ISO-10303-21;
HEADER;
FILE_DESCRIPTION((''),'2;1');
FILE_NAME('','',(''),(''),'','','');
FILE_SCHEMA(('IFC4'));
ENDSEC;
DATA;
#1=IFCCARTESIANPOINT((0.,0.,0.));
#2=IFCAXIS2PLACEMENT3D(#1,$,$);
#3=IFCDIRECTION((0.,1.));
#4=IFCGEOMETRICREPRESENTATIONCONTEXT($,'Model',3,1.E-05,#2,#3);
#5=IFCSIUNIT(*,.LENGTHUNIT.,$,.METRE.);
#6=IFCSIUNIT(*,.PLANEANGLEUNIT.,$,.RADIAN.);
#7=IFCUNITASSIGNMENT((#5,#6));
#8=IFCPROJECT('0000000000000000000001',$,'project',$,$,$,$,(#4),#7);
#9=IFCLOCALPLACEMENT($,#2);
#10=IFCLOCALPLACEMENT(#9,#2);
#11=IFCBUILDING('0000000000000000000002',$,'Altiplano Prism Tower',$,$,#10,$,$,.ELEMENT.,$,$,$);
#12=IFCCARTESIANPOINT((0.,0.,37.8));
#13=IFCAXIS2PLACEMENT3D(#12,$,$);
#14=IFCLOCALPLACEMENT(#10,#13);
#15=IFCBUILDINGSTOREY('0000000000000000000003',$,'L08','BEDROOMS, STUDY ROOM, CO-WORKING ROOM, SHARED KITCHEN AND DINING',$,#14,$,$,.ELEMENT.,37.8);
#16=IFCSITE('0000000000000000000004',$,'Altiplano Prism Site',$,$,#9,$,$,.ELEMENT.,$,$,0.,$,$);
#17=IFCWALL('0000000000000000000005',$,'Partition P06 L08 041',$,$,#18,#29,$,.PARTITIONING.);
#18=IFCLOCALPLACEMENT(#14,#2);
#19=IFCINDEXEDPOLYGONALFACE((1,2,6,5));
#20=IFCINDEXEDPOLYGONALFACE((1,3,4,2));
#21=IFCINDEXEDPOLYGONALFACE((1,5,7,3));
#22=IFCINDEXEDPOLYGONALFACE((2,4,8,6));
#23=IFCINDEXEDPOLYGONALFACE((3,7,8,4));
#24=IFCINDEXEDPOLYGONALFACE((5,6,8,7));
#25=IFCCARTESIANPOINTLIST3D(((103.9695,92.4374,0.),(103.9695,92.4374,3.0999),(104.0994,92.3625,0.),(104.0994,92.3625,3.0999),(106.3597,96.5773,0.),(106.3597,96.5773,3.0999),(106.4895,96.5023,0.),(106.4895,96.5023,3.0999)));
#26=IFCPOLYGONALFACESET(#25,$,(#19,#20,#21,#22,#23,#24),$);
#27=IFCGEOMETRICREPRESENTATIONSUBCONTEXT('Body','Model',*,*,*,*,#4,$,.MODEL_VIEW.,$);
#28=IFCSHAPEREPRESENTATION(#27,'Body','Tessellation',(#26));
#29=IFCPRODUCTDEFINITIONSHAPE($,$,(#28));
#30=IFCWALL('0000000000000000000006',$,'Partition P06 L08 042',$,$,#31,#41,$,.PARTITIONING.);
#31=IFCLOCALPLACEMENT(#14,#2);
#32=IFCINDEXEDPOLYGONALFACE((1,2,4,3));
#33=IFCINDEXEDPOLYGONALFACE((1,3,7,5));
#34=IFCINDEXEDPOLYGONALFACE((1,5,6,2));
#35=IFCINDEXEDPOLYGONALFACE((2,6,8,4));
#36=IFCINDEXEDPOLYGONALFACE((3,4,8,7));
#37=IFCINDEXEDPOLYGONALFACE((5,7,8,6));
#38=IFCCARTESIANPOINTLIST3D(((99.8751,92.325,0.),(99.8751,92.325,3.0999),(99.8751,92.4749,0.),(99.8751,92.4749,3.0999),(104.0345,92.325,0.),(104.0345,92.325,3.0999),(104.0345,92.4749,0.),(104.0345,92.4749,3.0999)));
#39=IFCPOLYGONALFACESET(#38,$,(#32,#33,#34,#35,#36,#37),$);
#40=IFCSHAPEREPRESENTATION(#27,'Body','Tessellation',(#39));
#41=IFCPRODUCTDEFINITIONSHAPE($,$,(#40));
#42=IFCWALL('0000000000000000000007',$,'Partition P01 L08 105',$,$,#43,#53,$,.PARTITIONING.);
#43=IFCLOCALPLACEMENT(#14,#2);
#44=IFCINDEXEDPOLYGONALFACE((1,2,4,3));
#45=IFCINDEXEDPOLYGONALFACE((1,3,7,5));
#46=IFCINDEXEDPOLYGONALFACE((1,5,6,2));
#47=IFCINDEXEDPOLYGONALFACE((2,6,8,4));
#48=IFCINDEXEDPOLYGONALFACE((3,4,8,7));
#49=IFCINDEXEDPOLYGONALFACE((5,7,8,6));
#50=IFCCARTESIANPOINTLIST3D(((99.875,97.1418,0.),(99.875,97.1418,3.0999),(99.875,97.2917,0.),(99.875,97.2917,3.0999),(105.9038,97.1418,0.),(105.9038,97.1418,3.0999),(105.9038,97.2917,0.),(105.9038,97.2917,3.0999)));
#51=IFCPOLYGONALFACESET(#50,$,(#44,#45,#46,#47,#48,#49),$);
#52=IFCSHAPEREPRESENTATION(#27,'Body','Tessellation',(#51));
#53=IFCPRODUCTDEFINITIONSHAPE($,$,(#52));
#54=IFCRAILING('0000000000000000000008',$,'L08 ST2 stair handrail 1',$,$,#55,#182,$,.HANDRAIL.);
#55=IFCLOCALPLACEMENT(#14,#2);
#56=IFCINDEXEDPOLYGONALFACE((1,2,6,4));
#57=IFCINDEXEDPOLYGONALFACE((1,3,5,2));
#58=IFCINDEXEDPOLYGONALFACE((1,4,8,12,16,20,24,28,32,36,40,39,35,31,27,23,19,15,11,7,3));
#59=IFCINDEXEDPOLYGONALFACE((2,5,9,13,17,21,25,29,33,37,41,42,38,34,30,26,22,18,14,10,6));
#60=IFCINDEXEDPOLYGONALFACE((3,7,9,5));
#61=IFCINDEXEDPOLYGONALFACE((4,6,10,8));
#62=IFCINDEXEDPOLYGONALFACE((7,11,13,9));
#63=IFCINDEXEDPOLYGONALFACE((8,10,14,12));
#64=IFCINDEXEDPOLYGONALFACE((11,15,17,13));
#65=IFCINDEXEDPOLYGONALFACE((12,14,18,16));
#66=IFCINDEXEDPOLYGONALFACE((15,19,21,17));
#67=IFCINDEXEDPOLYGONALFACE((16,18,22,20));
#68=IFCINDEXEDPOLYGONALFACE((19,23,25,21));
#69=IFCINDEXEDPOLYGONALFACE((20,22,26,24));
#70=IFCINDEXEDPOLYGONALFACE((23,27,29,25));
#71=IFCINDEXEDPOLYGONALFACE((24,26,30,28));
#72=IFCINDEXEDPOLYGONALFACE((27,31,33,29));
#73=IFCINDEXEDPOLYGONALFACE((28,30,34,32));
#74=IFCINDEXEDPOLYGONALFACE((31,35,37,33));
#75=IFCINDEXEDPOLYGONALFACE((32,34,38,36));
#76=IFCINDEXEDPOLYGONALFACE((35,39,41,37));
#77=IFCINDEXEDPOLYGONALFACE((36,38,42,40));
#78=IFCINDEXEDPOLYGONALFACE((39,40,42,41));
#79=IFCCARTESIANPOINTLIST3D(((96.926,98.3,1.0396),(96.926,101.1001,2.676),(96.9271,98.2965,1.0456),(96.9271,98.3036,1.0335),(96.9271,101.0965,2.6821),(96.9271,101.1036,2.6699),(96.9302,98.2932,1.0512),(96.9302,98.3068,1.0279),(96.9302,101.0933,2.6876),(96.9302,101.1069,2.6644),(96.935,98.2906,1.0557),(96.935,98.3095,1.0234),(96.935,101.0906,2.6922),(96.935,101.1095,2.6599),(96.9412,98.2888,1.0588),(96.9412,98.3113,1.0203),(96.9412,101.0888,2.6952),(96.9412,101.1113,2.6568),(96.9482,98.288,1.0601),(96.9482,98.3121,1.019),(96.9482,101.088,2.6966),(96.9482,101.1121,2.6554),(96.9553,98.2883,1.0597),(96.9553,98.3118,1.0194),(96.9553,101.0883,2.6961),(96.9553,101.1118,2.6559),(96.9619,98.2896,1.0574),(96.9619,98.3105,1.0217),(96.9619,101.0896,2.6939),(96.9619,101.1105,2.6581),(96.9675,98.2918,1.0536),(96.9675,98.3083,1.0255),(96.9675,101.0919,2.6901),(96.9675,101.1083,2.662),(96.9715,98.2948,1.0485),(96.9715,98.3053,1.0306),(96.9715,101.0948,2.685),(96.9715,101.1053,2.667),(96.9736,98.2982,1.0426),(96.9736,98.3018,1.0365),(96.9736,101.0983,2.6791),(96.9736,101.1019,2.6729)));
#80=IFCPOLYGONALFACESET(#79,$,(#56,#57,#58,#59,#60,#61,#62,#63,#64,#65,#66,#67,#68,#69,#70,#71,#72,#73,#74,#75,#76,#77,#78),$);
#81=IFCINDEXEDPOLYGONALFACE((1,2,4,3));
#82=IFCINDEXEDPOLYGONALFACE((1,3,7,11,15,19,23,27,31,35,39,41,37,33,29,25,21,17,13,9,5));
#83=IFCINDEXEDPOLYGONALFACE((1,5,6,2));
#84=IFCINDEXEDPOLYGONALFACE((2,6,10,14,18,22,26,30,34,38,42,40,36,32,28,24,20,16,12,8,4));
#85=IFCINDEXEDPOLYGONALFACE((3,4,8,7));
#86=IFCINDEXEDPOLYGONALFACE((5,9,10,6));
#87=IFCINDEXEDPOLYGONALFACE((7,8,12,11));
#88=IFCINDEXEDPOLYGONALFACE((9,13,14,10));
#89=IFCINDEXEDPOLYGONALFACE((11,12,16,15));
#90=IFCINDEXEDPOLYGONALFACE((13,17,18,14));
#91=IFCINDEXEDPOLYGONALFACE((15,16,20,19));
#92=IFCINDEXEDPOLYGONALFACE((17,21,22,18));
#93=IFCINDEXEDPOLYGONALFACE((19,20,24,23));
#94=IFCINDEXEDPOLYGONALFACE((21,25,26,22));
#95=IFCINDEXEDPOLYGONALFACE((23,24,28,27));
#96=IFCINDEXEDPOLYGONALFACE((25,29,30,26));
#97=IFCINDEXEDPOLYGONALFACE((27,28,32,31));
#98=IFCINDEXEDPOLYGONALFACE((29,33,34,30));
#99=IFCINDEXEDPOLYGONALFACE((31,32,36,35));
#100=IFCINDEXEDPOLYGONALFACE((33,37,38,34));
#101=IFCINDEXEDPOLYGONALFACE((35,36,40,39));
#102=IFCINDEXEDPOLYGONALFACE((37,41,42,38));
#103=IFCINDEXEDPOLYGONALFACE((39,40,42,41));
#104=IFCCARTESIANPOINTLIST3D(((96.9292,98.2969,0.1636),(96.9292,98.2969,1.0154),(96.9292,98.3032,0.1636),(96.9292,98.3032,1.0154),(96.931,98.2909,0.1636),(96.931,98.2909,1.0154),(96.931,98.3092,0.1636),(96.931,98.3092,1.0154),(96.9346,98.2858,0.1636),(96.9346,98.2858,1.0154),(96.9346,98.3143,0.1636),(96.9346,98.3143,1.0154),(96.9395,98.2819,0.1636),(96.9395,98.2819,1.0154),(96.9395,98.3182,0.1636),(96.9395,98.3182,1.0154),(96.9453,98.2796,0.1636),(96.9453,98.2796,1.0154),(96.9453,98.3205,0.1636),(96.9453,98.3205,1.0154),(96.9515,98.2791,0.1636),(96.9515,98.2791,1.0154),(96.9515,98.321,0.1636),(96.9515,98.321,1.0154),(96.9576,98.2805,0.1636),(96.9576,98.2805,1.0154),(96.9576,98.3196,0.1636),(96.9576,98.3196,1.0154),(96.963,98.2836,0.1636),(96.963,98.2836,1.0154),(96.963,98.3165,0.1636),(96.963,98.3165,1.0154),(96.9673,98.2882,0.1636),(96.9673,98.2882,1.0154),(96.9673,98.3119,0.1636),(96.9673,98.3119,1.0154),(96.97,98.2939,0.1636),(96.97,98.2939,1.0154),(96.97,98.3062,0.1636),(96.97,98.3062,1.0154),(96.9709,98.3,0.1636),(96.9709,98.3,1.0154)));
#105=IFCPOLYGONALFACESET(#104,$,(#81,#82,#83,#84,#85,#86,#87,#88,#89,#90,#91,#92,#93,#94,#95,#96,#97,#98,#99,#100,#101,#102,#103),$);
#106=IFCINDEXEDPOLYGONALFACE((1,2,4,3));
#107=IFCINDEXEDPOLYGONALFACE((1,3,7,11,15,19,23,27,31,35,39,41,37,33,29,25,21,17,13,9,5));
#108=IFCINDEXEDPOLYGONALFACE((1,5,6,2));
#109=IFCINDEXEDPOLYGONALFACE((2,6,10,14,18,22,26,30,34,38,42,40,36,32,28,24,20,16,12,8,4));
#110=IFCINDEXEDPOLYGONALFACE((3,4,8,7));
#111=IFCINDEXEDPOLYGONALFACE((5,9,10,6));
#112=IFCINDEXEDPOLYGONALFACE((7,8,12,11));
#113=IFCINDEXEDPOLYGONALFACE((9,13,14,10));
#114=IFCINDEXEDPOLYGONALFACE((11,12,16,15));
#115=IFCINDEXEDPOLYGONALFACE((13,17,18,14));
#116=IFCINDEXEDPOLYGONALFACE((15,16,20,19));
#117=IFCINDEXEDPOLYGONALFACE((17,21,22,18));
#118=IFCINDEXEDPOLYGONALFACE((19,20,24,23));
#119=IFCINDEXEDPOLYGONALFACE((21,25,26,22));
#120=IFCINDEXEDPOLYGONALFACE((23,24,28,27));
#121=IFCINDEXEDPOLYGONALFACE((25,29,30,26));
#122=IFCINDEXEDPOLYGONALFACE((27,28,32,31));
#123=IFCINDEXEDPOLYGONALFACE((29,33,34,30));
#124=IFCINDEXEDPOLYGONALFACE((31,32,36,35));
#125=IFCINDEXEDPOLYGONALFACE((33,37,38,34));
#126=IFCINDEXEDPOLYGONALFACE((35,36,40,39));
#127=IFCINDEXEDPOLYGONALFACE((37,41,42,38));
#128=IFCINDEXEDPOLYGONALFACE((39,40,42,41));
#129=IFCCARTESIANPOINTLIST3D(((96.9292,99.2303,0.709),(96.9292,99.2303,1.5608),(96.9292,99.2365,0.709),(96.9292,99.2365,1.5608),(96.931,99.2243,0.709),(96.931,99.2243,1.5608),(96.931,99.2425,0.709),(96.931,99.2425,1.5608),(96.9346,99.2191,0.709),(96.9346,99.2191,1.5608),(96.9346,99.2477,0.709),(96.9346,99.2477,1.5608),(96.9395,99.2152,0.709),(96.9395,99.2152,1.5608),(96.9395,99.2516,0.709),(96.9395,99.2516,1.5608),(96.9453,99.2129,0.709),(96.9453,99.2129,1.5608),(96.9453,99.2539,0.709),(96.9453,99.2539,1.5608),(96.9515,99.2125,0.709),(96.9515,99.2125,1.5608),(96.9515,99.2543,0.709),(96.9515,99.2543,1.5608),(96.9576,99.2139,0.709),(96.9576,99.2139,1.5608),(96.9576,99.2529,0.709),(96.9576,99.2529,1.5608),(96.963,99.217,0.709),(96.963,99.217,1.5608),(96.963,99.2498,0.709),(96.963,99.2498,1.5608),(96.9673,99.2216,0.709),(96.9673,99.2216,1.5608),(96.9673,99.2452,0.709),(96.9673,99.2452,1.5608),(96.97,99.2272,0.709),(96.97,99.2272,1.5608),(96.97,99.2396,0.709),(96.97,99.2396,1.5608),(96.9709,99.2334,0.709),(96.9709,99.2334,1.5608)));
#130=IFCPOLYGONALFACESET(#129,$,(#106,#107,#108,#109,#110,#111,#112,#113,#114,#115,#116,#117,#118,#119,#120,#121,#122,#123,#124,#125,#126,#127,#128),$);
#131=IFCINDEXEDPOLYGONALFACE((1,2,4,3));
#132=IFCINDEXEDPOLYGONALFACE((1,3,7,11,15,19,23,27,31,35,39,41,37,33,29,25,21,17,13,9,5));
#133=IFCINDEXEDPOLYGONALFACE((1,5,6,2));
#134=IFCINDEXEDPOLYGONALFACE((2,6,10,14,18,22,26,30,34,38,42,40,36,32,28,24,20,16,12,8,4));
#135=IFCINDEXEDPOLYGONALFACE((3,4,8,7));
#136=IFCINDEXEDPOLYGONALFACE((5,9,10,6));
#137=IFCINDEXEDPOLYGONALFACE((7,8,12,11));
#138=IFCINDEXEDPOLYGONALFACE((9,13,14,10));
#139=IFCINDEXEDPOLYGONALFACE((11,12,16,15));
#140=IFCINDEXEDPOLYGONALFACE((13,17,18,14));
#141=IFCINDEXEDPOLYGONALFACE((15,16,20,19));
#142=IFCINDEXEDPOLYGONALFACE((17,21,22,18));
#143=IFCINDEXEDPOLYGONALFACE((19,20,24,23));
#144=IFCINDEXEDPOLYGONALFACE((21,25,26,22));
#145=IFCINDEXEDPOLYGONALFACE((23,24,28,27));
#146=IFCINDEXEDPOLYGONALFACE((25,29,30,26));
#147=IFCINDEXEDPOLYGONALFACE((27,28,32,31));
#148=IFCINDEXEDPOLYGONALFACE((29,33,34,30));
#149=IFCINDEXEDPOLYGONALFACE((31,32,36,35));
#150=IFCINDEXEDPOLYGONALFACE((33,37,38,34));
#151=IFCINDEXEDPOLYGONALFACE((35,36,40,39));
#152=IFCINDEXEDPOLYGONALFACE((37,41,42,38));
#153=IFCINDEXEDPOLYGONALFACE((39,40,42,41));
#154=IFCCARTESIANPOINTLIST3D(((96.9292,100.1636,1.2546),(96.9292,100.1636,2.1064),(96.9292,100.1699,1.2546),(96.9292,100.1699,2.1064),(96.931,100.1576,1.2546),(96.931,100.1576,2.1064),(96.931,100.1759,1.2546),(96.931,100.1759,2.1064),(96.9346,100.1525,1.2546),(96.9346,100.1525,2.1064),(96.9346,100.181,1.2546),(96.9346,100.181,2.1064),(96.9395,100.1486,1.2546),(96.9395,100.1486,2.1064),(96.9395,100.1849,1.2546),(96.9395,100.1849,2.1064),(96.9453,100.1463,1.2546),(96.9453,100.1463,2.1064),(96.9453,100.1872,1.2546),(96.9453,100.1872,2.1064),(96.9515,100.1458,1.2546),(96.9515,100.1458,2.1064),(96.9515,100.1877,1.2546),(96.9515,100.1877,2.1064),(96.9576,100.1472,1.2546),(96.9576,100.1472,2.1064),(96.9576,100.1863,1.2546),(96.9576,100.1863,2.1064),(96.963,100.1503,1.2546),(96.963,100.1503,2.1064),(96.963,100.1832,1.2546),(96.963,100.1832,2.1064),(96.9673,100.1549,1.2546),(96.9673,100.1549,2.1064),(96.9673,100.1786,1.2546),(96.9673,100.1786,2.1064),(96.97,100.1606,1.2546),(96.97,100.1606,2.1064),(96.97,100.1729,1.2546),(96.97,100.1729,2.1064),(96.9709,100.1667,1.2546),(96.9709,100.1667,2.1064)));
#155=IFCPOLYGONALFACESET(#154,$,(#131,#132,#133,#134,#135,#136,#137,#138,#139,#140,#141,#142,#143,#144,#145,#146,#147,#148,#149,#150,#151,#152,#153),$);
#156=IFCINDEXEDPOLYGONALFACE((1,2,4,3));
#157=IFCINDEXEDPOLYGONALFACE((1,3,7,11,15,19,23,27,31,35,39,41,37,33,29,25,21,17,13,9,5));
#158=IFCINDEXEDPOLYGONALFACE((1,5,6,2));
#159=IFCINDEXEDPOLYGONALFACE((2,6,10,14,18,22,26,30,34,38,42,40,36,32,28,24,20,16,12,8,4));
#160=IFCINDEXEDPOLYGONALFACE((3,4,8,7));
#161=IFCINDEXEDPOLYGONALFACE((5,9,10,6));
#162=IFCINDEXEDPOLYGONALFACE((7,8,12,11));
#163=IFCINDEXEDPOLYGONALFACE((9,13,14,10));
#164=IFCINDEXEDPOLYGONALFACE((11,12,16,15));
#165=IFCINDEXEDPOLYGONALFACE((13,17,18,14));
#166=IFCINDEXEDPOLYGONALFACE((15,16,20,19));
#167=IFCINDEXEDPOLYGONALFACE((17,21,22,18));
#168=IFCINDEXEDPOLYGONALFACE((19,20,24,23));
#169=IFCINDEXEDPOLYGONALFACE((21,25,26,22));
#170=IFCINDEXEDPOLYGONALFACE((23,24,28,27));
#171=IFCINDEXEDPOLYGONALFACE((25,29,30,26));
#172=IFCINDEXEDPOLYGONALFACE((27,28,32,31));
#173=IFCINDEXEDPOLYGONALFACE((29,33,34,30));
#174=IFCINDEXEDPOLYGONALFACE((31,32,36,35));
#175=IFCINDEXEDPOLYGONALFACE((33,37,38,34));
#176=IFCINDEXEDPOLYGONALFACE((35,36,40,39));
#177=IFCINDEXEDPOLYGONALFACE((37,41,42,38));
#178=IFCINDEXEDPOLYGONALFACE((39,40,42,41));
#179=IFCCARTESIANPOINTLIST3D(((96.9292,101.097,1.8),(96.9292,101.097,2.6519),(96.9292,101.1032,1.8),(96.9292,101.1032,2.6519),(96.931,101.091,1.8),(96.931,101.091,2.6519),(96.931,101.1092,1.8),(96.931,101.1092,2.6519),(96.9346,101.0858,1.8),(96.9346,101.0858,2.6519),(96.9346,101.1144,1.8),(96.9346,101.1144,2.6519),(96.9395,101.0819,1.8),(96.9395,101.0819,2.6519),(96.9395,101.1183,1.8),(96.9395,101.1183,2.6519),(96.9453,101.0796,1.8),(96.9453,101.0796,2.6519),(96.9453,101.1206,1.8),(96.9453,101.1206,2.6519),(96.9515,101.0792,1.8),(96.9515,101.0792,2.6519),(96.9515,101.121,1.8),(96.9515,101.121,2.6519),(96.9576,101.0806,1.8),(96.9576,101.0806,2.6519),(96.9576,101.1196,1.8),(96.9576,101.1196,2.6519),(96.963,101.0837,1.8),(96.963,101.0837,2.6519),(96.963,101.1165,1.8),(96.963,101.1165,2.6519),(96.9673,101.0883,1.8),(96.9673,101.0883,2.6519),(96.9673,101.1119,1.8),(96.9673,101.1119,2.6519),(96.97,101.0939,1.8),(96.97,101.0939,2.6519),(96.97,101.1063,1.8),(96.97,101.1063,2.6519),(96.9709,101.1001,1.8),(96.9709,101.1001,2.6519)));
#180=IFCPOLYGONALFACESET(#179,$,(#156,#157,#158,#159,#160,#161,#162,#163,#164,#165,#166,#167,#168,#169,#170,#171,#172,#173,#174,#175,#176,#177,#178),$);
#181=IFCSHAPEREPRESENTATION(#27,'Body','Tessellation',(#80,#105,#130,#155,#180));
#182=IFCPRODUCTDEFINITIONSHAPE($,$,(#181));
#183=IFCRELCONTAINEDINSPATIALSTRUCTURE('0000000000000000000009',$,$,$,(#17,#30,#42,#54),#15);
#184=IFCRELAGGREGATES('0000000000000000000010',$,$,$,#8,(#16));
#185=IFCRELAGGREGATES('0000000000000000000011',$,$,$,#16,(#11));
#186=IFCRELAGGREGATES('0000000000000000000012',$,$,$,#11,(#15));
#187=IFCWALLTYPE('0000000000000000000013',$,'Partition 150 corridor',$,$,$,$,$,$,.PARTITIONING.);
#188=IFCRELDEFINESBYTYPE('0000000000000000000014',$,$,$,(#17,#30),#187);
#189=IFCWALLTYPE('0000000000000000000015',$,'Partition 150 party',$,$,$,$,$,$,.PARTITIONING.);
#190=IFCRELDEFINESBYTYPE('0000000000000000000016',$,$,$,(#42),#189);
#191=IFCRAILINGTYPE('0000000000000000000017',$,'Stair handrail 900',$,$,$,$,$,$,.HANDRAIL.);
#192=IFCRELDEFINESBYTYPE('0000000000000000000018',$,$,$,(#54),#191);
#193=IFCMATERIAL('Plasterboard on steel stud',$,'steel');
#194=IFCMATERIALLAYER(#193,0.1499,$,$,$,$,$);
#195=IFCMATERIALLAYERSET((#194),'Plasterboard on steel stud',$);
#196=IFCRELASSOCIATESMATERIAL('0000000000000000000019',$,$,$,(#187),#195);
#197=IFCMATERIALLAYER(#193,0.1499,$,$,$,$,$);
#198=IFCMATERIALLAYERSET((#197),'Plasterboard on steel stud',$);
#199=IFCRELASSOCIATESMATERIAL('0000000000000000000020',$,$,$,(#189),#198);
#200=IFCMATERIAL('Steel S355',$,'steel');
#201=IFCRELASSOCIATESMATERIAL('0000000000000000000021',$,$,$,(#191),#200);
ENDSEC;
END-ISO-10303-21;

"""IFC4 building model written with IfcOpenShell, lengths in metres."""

from ifc_helpers import new_model, si_unit, direction, frame, frame_2d, origin, origin_2d, place, context, subcontext, project, spatial, rectangle, circle, extrude, material, layer, layer_set, type_object, element, save


model = new_model("IFC4")

# Units and contexts
model_context = context("Model", 3, precision=1e-05, world=origin(), true_north=direction((0.0, 1.0)))
body_context = subcontext(model_context, "Body", "Model", "MODEL_VIEW")
ifc_project = project(units=[si_unit("LENGTHUNIT", "METRE"), si_unit("PLANEANGLEUNIT", "RADIAN")], contexts=[model_context])

# Site, building, storey
site_placement = place(None, origin())
site = spatial("IfcSite", under=ifc_project, at=site_placement, Name="Altiplano Prism Site", CompositionType="ELEMENT", RefElevation=0.0)
building_placement = place(site_placement, origin())
building = spatial("IfcBuilding", under=site, at=building_placement, Name="Altiplano Prism Tower", CompositionType="ELEMENT")
storey_placement = place(building_placement, frame((0.0, 0.0, 37.8)))
storey = spatial("IfcBuildingStorey", under=building, at=storey_placement, Name="L08", Description="BEDROOMS, STUDY ROOM, CO-WORKING ROOM, SHARED KITCHEN AND DINING", CompositionType="ELEMENT", Elevation=37.8)

# Shared definitions
ifc_material_1 = material(Name="Plasterboard on steel stud", Category="steel")
ifc_layer_1 = layer(ifc_material_1, 0.1499)
ifc_layer_set_1 = layer_set([ifc_layer_1], Name="Plasterboard on steel stud")
wall_type_1 = type_object("IfcWallType", Name="Partition 150 corridor", PredefinedType="PARTITIONING", material=ifc_layer_set_1)

# Walls
wall_1_placement = place(storey_placement, frame((106.4246, 96.5398, 0.0), z_axis=(0.0, 0.0, 1.0), x_axis=(-0.499995, -0.866028, 0.0)))
element("IfcWall", 1, at=wall_1_placement, inside=storey, type_object=wall_type_1, Name="Partition P06 L08 041", PredefinedType="PARTITIONING", context=body_context, shape_type="SweptSolid", body=[
    extrude(rectangle(XDim=4.7803, YDim=0.1499, at=frame_2d((2.3901, 0.0))), origin(), (0.0, 0.0, 1.0), 3.0999),
])
wall_2_placement = place(storey_placement, frame((104.0344, 92.3999, 0.0), z_axis=(0.0, 0.0, 1.0), x_axis=(-1.0, 0.0, 0.0)))
element("IfcWall", 2, at=wall_2_placement, inside=storey, type_object=wall_type_1, Name="Partition P06 L08 042", PredefinedType="PARTITIONING", context=body_context, shape_type="SweptSolid", body=[
    extrude(rectangle(XDim=4.1594, YDim=0.1499, at=frame_2d((2.0796, 0.0))), origin(), (0.0, 0.0, 1.0), 3.0999),
])
ifc_layer_2 = layer(ifc_material_1, 0.1499)
ifc_layer_set_2 = layer_set([ifc_layer_2], Name="Plasterboard on steel stud")
wall_type_2 = type_object("IfcWallType", Name="Partition 150 party", PredefinedType="PARTITIONING", material=ifc_layer_set_2)
wall_3_placement = place(storey_placement, frame((99.875, 97.2168, 0.0), z_axis=(0.0, 0.0, 1.0), x_axis=(1.0, 0.0, 0.0)))
element("IfcWall", 3, at=wall_3_placement, inside=storey, type_object=wall_type_2, Name="Partition P01 L08 105", PredefinedType="PARTITIONING", context=body_context, shape_type="SweptSolid", body=[
    extrude(rectangle(XDim=6.0288, YDim=0.1499, at=frame_2d((3.0144, 0.0))), origin(), (0.0, 0.0, 1.0), 3.0999),
])

# Railing
ifc_material_2 = material(Name="Steel S355", Category="steel")
railing_type = type_object("IfcRailingType", Name="Stair handrail 900", PredefinedType="HANDRAIL", material=ifc_material_2)
railing_placement = place(storey_placement, frame((96.95, 98.3, 0.1636)))
element("IfcRailing", 4, at=railing_placement, inside=storey, type_object=railing_type, Name="L08 ST2 stair handrail 1", PredefinedType="HANDRAIL", context=body_context, shape_type="SweptSolid", body=[
    extrude(circle(Radius=0.0239, at=origin_2d()), frame((0.0, 0.0, 0.876), z_axis=(0.0, 0.863361, 0.504587), x_axis=(-1.0, 0.0, 0.0)), (0.0, 0.0, 1.0), 3.2432),
    extrude(circle(Radius=0.021, at=origin_2d()), origin(), (0.0, 0.0, 1.0), 0.8518),
    extrude(circle(Radius=0.021, at=origin_2d()), frame((0.0, 0.9333, 0.5454)), (0.0, 0.0, 1.0), 0.8518),
    extrude(circle(Radius=0.021, at=origin_2d()), frame((0.0, 1.8667, 1.0911)), (0.0, 0.0, 1.0), 0.8518),
    extrude(circle(Radius=0.021, at=origin_2d()), frame((0.0, 2.8, 1.6365)), (0.0, 0.0, 1.0), 0.8518),
])

save(model, "model.ifc")
